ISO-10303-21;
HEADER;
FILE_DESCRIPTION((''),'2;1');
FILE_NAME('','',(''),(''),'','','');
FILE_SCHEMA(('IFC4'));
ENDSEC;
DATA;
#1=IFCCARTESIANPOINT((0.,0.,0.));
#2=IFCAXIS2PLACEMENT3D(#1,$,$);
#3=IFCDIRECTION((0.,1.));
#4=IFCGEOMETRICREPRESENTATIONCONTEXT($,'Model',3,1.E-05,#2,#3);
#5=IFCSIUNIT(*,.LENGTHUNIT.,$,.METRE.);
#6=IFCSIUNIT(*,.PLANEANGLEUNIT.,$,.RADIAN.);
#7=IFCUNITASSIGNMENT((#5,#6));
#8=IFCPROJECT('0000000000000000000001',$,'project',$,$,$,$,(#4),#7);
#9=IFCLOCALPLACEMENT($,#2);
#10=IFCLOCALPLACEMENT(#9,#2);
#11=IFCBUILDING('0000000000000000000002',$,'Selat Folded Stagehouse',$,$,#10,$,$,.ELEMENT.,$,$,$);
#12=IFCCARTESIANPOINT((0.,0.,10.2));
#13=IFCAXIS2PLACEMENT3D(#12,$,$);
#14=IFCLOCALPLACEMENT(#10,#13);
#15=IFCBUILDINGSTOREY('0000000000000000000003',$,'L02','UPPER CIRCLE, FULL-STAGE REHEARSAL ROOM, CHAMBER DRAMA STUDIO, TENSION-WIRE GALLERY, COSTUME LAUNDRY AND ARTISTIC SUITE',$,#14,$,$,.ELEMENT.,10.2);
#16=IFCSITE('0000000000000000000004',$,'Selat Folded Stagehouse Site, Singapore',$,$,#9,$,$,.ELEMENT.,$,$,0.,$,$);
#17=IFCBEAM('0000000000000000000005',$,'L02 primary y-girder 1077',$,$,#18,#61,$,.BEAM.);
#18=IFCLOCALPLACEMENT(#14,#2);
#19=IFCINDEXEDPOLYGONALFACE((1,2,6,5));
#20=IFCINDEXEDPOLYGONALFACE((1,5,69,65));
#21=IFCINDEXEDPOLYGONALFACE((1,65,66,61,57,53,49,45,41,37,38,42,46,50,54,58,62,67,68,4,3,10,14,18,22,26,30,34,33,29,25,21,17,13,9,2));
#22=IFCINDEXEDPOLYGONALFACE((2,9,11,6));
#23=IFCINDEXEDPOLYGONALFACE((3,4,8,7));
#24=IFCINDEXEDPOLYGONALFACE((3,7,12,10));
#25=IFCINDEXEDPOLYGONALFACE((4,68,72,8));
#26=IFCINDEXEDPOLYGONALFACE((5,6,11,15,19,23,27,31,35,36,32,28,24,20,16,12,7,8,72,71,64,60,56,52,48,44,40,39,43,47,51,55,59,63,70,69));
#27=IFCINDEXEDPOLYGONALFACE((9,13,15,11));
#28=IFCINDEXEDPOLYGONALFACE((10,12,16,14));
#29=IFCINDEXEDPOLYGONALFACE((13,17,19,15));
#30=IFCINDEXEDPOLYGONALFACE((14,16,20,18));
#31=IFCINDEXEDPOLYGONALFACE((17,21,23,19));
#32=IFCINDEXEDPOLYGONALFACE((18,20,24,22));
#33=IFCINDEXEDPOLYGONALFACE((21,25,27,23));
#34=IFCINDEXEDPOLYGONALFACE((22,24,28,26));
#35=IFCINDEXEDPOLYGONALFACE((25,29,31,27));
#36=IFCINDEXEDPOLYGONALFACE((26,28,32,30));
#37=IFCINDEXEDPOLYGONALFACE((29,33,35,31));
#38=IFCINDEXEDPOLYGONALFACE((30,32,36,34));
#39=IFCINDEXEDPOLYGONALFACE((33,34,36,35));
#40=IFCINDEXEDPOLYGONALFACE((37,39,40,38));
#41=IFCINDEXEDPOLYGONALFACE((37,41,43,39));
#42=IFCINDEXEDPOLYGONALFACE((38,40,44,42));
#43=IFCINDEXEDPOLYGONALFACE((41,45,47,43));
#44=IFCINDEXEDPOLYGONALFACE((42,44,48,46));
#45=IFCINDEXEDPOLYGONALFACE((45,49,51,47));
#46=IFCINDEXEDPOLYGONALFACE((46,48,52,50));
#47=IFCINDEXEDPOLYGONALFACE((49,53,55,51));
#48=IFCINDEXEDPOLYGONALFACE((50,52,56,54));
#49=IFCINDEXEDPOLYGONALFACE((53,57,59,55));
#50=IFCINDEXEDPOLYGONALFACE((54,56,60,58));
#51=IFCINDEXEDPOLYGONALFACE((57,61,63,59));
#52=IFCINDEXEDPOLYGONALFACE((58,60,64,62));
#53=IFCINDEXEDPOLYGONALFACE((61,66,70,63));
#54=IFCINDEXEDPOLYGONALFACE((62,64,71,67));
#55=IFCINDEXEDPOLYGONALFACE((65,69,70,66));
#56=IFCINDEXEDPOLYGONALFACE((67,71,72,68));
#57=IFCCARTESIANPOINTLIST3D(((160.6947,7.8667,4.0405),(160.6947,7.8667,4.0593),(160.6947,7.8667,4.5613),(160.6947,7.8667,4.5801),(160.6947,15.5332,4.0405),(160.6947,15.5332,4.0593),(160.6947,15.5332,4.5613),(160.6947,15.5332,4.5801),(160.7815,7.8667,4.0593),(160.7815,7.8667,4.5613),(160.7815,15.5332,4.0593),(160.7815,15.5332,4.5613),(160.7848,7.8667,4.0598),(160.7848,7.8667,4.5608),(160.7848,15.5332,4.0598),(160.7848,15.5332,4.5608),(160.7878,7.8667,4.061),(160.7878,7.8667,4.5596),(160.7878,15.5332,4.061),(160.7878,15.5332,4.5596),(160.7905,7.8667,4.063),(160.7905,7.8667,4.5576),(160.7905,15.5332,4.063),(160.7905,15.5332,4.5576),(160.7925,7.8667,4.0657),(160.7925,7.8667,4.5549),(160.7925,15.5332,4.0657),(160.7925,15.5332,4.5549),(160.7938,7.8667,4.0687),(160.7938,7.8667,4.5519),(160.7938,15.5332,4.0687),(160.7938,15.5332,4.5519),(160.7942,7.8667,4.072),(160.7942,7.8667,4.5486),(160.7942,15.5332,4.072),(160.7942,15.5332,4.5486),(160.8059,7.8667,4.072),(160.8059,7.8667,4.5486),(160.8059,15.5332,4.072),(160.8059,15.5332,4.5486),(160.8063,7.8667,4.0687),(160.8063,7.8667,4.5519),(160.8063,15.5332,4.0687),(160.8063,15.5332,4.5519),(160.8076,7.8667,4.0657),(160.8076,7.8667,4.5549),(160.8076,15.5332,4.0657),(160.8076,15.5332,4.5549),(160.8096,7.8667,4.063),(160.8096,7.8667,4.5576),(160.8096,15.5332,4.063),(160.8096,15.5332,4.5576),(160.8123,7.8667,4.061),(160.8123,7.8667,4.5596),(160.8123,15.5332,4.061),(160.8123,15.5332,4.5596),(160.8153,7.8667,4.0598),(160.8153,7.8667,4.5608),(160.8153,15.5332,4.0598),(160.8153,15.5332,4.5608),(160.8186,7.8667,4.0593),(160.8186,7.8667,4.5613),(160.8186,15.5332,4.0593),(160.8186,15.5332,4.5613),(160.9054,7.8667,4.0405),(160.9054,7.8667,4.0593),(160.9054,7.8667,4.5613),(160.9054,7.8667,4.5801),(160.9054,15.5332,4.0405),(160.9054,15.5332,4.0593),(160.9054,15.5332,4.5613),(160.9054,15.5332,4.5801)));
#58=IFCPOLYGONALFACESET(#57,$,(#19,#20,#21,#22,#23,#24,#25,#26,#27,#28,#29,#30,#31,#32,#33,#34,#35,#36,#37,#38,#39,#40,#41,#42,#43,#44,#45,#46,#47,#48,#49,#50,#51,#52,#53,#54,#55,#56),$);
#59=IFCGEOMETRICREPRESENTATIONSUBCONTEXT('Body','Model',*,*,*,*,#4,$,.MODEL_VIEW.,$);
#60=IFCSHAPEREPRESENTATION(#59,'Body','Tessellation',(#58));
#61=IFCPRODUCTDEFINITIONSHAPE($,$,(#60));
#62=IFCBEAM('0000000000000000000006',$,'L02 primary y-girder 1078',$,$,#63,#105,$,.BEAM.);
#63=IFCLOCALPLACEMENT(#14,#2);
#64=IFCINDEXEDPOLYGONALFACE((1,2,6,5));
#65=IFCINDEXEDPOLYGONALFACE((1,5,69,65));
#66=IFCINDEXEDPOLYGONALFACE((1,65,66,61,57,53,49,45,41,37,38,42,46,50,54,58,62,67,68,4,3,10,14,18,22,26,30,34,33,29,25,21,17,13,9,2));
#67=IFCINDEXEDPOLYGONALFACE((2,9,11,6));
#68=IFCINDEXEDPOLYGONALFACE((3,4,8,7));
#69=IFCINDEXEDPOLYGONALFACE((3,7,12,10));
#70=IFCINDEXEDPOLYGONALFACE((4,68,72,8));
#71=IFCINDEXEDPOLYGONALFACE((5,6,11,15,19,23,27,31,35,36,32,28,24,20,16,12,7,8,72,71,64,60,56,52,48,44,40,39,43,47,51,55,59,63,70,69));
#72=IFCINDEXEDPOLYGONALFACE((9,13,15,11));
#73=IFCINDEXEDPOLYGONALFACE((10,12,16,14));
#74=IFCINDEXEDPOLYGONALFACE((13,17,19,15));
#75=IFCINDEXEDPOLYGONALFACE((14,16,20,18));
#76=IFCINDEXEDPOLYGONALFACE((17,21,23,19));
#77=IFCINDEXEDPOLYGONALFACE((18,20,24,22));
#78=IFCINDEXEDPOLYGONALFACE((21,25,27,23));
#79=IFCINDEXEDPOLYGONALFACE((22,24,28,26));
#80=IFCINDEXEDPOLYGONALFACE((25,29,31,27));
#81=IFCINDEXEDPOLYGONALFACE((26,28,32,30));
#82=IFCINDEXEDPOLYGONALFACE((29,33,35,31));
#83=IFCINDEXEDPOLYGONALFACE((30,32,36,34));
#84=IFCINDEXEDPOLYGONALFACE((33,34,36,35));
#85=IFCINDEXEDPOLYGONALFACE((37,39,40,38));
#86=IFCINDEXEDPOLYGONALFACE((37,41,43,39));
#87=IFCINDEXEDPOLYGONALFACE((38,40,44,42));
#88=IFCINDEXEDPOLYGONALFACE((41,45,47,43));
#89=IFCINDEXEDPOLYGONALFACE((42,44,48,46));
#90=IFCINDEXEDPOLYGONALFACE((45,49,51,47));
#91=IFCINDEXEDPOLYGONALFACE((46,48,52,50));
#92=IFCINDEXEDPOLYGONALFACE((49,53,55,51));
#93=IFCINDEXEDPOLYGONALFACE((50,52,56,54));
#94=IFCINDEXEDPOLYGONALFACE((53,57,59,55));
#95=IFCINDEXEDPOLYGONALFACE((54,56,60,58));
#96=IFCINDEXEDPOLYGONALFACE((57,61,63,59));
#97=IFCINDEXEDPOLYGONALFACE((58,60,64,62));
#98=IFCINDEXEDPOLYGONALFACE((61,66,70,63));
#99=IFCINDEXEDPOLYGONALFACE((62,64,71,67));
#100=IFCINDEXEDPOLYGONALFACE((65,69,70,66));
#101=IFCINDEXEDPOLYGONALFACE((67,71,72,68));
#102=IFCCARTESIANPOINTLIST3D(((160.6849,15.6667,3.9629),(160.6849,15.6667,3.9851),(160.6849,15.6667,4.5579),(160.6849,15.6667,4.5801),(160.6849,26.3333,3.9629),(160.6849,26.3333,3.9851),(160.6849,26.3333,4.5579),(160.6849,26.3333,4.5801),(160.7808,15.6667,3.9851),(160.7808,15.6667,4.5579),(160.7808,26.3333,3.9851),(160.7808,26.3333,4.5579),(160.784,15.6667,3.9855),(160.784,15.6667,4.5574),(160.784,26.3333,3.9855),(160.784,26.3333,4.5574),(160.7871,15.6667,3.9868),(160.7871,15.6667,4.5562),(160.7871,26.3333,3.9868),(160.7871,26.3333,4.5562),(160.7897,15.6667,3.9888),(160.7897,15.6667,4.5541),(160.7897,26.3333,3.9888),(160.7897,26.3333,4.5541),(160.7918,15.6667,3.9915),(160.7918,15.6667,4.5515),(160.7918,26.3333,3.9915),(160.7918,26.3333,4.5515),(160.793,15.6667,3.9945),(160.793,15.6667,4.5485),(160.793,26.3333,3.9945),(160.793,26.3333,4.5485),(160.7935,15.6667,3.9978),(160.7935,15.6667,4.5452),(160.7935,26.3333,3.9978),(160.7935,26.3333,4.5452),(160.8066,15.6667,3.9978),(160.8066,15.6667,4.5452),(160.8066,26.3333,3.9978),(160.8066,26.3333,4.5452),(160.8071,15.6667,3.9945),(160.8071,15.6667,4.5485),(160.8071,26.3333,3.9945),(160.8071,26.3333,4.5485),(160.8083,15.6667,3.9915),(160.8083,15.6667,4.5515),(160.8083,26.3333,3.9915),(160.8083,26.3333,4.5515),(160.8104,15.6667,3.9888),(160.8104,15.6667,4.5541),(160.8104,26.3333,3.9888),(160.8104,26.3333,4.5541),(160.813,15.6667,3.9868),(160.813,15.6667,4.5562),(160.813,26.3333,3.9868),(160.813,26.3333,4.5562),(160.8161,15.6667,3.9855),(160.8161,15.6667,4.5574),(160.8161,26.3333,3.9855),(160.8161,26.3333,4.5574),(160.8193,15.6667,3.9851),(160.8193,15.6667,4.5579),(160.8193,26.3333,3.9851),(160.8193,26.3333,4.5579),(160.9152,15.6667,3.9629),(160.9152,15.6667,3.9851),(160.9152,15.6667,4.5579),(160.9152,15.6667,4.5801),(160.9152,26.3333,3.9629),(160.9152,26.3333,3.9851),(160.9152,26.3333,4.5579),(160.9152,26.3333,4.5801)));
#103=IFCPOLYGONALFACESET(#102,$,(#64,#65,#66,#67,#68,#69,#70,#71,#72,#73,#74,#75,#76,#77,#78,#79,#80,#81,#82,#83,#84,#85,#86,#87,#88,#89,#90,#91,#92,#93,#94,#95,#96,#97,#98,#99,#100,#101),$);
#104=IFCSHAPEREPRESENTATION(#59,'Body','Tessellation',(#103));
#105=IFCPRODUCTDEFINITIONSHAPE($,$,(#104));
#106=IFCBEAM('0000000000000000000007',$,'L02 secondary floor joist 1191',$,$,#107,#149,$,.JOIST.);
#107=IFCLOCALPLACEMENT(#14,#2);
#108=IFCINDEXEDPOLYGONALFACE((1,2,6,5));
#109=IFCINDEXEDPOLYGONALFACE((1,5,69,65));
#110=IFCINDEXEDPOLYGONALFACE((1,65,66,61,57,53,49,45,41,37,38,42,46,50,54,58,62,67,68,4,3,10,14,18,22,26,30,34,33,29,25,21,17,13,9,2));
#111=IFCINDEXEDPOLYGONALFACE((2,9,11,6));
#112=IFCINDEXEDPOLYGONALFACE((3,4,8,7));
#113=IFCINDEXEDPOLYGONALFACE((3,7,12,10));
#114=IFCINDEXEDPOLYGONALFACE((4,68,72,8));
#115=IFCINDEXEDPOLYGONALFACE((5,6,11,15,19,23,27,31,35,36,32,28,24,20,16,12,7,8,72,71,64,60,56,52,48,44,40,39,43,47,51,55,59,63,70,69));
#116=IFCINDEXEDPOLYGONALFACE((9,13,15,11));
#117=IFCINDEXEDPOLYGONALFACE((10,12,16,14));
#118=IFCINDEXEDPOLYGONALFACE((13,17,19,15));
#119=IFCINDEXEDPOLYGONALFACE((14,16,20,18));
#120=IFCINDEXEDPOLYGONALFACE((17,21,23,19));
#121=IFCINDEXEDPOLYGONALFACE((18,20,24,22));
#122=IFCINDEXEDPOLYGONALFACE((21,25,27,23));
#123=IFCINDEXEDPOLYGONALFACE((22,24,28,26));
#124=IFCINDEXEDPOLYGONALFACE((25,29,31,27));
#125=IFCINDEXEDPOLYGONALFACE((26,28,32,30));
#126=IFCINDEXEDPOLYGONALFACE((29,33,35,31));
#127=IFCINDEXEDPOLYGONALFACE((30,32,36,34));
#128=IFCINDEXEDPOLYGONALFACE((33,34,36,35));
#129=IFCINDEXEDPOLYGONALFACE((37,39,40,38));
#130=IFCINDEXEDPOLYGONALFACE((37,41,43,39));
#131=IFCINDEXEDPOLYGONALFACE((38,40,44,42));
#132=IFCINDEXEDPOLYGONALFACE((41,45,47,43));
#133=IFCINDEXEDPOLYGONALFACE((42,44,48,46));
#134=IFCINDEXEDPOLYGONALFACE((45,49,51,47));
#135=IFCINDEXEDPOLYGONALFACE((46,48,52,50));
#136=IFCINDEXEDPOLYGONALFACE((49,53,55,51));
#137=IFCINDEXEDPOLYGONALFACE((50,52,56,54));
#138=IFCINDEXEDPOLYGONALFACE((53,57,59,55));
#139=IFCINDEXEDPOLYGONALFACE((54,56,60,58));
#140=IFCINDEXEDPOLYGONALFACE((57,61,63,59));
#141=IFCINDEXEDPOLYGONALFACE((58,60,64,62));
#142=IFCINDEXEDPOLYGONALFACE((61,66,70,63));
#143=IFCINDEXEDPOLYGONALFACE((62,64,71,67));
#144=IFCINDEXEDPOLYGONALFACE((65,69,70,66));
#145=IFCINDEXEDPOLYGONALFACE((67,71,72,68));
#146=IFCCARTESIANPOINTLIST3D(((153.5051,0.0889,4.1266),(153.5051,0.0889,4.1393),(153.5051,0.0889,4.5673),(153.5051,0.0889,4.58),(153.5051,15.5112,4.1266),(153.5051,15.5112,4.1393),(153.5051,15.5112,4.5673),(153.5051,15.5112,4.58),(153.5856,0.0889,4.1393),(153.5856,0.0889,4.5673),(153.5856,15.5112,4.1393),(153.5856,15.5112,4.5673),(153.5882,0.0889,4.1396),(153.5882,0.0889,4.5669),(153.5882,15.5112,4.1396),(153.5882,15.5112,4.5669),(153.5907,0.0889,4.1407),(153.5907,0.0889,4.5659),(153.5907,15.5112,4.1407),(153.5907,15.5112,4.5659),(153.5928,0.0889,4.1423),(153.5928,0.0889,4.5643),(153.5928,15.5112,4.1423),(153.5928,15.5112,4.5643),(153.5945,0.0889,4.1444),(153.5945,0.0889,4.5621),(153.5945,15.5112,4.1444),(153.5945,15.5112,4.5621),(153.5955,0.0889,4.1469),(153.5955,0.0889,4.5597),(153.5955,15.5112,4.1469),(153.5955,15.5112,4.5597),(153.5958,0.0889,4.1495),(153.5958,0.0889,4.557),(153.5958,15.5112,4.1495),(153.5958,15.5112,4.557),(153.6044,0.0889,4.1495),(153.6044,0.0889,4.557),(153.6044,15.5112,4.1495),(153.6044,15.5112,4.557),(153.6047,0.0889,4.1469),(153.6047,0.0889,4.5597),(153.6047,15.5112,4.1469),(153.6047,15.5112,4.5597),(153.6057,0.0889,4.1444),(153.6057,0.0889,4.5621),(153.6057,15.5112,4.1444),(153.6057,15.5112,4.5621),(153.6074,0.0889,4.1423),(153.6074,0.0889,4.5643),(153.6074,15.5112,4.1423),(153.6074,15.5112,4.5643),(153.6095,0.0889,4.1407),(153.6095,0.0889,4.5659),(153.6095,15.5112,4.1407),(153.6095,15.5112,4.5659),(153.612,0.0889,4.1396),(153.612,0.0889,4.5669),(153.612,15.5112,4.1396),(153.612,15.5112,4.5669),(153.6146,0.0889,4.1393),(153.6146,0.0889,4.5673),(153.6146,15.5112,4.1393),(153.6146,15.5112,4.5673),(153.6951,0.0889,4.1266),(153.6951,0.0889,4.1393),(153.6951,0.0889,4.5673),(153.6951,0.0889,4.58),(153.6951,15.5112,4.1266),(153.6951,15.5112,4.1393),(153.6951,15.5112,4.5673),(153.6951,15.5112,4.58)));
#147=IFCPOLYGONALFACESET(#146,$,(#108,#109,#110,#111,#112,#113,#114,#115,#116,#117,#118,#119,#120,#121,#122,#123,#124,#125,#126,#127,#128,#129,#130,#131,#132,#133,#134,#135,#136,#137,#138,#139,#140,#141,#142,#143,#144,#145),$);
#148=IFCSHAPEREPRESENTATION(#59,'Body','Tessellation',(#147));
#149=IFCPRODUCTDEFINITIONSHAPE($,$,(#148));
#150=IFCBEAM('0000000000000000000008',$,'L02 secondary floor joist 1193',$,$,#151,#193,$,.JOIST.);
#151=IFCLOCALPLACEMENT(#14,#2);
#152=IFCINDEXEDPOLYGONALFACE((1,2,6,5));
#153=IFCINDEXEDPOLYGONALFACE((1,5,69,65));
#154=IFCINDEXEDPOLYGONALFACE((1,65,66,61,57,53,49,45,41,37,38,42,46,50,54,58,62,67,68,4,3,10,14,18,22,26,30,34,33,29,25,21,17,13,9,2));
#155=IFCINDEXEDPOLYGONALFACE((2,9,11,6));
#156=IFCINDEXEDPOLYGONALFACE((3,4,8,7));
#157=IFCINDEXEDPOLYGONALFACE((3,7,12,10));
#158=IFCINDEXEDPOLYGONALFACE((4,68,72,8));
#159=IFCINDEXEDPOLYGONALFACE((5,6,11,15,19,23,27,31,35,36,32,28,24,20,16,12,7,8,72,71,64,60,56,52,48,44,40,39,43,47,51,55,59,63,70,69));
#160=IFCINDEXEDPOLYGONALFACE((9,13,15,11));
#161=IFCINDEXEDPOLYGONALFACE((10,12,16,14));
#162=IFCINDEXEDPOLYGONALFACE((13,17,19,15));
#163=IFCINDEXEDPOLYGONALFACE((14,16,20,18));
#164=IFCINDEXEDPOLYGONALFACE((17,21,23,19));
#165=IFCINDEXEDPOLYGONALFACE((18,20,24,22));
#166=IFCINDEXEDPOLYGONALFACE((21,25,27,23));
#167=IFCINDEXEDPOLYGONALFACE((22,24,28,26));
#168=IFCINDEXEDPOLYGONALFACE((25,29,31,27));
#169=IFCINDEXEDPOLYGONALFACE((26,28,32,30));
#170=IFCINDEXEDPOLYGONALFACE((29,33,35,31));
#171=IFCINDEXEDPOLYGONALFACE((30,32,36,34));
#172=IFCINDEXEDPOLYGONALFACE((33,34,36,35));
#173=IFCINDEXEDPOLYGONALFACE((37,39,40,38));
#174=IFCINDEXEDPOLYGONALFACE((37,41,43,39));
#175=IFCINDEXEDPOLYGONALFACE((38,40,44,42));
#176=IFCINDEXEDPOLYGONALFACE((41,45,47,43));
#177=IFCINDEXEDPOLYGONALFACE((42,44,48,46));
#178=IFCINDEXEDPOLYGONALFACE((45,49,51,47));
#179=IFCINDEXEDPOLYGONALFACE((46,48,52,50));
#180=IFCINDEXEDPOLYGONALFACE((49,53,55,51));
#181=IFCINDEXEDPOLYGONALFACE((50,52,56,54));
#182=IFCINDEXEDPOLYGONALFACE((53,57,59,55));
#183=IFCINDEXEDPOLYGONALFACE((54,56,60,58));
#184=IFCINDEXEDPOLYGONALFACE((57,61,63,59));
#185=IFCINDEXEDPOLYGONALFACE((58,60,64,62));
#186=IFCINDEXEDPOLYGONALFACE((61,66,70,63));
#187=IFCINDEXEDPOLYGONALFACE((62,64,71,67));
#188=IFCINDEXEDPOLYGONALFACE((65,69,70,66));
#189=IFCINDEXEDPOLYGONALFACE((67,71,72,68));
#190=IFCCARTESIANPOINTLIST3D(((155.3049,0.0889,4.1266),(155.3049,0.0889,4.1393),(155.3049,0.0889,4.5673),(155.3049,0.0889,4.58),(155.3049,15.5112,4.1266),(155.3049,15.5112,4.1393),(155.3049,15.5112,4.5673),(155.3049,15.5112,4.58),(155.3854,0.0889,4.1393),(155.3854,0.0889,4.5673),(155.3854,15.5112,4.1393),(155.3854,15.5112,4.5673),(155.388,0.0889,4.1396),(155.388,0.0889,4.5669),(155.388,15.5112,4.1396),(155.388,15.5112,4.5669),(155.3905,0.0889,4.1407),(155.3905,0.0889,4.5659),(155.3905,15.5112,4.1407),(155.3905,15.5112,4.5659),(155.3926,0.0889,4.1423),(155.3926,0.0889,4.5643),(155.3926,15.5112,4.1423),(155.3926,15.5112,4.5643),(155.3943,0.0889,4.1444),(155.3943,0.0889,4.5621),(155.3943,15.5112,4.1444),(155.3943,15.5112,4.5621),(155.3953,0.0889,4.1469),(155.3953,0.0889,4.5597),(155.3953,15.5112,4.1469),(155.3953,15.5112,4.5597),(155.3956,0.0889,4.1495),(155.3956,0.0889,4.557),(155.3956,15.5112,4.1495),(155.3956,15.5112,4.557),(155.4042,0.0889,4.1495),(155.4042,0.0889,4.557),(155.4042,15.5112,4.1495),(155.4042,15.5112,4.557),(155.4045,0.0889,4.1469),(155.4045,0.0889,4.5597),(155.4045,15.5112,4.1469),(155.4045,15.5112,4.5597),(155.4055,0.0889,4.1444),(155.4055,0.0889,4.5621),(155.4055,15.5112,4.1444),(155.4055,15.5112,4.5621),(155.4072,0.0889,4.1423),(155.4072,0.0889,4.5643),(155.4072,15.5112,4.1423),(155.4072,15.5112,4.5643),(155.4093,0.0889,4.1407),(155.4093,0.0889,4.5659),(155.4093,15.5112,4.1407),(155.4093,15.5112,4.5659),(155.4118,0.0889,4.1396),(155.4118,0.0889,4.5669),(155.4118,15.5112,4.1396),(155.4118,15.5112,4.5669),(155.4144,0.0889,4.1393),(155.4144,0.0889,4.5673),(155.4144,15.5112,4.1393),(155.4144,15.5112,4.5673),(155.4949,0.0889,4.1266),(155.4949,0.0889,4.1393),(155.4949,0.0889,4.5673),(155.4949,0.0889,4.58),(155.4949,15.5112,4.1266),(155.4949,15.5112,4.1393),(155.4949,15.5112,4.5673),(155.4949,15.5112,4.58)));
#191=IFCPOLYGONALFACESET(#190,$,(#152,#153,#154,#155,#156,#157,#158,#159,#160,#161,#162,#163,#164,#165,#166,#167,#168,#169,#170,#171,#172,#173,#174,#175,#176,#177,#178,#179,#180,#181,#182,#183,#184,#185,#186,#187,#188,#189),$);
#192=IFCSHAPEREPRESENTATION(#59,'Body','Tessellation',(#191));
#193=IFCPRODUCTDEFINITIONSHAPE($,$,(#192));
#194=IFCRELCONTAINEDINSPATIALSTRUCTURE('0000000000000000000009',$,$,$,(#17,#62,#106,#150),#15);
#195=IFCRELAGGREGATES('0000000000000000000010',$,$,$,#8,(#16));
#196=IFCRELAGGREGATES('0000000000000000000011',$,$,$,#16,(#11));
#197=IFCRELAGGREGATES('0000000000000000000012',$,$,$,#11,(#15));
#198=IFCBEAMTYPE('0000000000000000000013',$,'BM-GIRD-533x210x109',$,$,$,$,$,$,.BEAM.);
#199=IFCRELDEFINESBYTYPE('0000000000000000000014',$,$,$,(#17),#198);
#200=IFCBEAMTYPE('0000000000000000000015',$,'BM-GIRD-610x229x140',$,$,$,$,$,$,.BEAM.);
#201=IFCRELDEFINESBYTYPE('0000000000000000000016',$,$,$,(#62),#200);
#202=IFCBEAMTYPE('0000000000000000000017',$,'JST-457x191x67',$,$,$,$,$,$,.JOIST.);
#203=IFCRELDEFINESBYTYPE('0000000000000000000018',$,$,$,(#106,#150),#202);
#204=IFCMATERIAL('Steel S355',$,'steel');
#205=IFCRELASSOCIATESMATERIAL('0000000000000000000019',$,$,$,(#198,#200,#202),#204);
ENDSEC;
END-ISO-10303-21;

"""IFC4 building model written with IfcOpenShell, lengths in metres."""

from ifc_helpers import new_model, si_unit, direction, frame, origin, origin_2d, place, context, subcontext, project, spatial, i_section, extrude, material, material_profile, profile_set, type_object, element, save


model = new_model("IFC4")

# Units and contexts
model_context = context("Model", 3, precision=1e-05, world=origin(), true_north=direction((0.0, 1.0)))
body_context = subcontext(model_context, "Body", "Model", "MODEL_VIEW")
ifc_project = project(units=[si_unit("LENGTHUNIT", "METRE"), si_unit("PLANEANGLEUNIT", "RADIAN")], contexts=[model_context])

# Site, building, storey
site_placement = place(None, origin())
site = spatial("IfcSite", under=ifc_project, at=site_placement, Name="Selat Folded Stagehouse Site, Singapore", CompositionType="ELEMENT", RefElevation=0.0)
building_placement = place(site_placement, origin())
building = spatial("IfcBuilding", under=site, at=building_placement, Name="Selat Folded Stagehouse", CompositionType="ELEMENT")
storey_placement = place(building_placement, frame((0.0, 0.0, 10.2)))
storey = spatial("IfcBuildingStorey", under=building, at=storey_placement, Name="L02", Description="UPPER CIRCLE, FULL-STAGE REHEARSAL ROOM, CHAMBER DRAMA STUDIO, TENSION-WIRE GALLERY, COSTUME LAUNDRY AND ARTISTIC SUITE", CompositionType="ELEMENT", Elevation=10.2)

# Shared definitions
ifc_material_1 = material(Name="Steel S355", Category="steel")

# Beams
ifc_material_profile_1 = material_profile(ifc_material_1, i_section(OverallWidth=0.2107, OverallDepth=0.5396, WebThickness=0.0117, FlangeThickness=0.0188, FilletRadius=0.0127, at=origin_2d()), Name="UKB 533x210x109")
ifc_profile_set_1 = profile_set([ifc_material_profile_1], Name="Steel S355")
beam_type_1 = type_object("IfcBeamType", Name="BM-GIRD-533x210x109", PredefinedType="BEAM", material=ifc_profile_set_1)
beam_1_placement = place(storey_placement, frame((160.8, 7.8667, 4.3103), z_axis=(0.0, 1.0, 0.0), x_axis=(-1.0, 0.0, 0.0)))
element("IfcBeam", 1, at=beam_1_placement, inside=storey, type_object=beam_type_1, Name="L02 primary y-girder 1077", PredefinedType="BEAM", context=body_context, shape_type="SweptSolid", body=[
    extrude(i_section(OverallWidth=0.2107, OverallDepth=0.5396, WebThickness=0.0117, FlangeThickness=0.0188, FilletRadius=0.0127, at=origin_2d()), origin(), (0.0, 0.0, 1.0), 7.6665),
])
ifc_material_profile_2 = material_profile(ifc_material_1, i_section(OverallWidth=0.2302, OverallDepth=0.6172, WebThickness=0.0132, FlangeThickness=0.0222, FilletRadius=0.0127, at=origin_2d()), Name="UKB 610x229x140")
ifc_profile_set_2 = profile_set([ifc_material_profile_2], Name="Steel S355")
beam_type_2 = type_object("IfcBeamType", Name="BM-GIRD-610x229x140", PredefinedType="BEAM", material=ifc_profile_set_2)
beam_2_placement = place(storey_placement, frame((160.8, 15.6667, 4.2715), z_axis=(0.0, 1.0, 0.0), x_axis=(-1.0, 0.0, 0.0)))
element("IfcBeam", 2, at=beam_2_placement, inside=storey, type_object=beam_type_2, Name="L02 primary y-girder 1078", PredefinedType="BEAM", context=body_context, shape_type="SweptSolid", body=[
    extrude(i_section(OverallWidth=0.2302, OverallDepth=0.6172, WebThickness=0.0132, FlangeThickness=0.0222, FilletRadius=0.0127, at=origin_2d()), origin(), (0.0, 0.0, 1.0), 10.6665),
])
ifc_material_profile_3 = material_profile(ifc_material_1, i_section(OverallWidth=0.1899, OverallDepth=0.4534, WebThickness=0.0085, FlangeThickness=0.0127, FilletRadius=0.0103, at=origin_2d()), Name="UKB 457x191x67")
ifc_profile_set_3 = profile_set([ifc_material_profile_3], Name="Steel S355")
beam_type_3 = type_object("IfcBeamType", Name="JST-457x191x67", PredefinedType="JOIST", material=ifc_profile_set_3)
for number, where, z_axis, x_axis, name in (
    (3, (153.6001, 0.0889, 4.3533), (0.0, 1.0, 0.0), (-1.0, 0.0, 0.0), "L02 secondary floor joist 1191"),
    (4, (155.3999, 0.0889, 4.3533), (0.0, 1.0, 0.0), (-1.0, 0.0, 0.0), "L02 secondary floor joist 1193"),
):
    element("IfcBeam", number, at=place(storey_placement, frame(where, z_axis=z_axis, x_axis=x_axis)), inside=storey, type_object=beam_type_3, Name=name, PredefinedType="JOIST", context=body_context, shape_type="SweptSolid", body=[
        extrude(i_section(OverallWidth=0.1899, OverallDepth=0.4534, WebThickness=0.0085, FlangeThickness=0.0127, FilletRadius=0.0103, at=origin_2d()), origin(), (0.0, 0.0, 1.0), 15.4224),
    ])

save(model, "model.ifc")
